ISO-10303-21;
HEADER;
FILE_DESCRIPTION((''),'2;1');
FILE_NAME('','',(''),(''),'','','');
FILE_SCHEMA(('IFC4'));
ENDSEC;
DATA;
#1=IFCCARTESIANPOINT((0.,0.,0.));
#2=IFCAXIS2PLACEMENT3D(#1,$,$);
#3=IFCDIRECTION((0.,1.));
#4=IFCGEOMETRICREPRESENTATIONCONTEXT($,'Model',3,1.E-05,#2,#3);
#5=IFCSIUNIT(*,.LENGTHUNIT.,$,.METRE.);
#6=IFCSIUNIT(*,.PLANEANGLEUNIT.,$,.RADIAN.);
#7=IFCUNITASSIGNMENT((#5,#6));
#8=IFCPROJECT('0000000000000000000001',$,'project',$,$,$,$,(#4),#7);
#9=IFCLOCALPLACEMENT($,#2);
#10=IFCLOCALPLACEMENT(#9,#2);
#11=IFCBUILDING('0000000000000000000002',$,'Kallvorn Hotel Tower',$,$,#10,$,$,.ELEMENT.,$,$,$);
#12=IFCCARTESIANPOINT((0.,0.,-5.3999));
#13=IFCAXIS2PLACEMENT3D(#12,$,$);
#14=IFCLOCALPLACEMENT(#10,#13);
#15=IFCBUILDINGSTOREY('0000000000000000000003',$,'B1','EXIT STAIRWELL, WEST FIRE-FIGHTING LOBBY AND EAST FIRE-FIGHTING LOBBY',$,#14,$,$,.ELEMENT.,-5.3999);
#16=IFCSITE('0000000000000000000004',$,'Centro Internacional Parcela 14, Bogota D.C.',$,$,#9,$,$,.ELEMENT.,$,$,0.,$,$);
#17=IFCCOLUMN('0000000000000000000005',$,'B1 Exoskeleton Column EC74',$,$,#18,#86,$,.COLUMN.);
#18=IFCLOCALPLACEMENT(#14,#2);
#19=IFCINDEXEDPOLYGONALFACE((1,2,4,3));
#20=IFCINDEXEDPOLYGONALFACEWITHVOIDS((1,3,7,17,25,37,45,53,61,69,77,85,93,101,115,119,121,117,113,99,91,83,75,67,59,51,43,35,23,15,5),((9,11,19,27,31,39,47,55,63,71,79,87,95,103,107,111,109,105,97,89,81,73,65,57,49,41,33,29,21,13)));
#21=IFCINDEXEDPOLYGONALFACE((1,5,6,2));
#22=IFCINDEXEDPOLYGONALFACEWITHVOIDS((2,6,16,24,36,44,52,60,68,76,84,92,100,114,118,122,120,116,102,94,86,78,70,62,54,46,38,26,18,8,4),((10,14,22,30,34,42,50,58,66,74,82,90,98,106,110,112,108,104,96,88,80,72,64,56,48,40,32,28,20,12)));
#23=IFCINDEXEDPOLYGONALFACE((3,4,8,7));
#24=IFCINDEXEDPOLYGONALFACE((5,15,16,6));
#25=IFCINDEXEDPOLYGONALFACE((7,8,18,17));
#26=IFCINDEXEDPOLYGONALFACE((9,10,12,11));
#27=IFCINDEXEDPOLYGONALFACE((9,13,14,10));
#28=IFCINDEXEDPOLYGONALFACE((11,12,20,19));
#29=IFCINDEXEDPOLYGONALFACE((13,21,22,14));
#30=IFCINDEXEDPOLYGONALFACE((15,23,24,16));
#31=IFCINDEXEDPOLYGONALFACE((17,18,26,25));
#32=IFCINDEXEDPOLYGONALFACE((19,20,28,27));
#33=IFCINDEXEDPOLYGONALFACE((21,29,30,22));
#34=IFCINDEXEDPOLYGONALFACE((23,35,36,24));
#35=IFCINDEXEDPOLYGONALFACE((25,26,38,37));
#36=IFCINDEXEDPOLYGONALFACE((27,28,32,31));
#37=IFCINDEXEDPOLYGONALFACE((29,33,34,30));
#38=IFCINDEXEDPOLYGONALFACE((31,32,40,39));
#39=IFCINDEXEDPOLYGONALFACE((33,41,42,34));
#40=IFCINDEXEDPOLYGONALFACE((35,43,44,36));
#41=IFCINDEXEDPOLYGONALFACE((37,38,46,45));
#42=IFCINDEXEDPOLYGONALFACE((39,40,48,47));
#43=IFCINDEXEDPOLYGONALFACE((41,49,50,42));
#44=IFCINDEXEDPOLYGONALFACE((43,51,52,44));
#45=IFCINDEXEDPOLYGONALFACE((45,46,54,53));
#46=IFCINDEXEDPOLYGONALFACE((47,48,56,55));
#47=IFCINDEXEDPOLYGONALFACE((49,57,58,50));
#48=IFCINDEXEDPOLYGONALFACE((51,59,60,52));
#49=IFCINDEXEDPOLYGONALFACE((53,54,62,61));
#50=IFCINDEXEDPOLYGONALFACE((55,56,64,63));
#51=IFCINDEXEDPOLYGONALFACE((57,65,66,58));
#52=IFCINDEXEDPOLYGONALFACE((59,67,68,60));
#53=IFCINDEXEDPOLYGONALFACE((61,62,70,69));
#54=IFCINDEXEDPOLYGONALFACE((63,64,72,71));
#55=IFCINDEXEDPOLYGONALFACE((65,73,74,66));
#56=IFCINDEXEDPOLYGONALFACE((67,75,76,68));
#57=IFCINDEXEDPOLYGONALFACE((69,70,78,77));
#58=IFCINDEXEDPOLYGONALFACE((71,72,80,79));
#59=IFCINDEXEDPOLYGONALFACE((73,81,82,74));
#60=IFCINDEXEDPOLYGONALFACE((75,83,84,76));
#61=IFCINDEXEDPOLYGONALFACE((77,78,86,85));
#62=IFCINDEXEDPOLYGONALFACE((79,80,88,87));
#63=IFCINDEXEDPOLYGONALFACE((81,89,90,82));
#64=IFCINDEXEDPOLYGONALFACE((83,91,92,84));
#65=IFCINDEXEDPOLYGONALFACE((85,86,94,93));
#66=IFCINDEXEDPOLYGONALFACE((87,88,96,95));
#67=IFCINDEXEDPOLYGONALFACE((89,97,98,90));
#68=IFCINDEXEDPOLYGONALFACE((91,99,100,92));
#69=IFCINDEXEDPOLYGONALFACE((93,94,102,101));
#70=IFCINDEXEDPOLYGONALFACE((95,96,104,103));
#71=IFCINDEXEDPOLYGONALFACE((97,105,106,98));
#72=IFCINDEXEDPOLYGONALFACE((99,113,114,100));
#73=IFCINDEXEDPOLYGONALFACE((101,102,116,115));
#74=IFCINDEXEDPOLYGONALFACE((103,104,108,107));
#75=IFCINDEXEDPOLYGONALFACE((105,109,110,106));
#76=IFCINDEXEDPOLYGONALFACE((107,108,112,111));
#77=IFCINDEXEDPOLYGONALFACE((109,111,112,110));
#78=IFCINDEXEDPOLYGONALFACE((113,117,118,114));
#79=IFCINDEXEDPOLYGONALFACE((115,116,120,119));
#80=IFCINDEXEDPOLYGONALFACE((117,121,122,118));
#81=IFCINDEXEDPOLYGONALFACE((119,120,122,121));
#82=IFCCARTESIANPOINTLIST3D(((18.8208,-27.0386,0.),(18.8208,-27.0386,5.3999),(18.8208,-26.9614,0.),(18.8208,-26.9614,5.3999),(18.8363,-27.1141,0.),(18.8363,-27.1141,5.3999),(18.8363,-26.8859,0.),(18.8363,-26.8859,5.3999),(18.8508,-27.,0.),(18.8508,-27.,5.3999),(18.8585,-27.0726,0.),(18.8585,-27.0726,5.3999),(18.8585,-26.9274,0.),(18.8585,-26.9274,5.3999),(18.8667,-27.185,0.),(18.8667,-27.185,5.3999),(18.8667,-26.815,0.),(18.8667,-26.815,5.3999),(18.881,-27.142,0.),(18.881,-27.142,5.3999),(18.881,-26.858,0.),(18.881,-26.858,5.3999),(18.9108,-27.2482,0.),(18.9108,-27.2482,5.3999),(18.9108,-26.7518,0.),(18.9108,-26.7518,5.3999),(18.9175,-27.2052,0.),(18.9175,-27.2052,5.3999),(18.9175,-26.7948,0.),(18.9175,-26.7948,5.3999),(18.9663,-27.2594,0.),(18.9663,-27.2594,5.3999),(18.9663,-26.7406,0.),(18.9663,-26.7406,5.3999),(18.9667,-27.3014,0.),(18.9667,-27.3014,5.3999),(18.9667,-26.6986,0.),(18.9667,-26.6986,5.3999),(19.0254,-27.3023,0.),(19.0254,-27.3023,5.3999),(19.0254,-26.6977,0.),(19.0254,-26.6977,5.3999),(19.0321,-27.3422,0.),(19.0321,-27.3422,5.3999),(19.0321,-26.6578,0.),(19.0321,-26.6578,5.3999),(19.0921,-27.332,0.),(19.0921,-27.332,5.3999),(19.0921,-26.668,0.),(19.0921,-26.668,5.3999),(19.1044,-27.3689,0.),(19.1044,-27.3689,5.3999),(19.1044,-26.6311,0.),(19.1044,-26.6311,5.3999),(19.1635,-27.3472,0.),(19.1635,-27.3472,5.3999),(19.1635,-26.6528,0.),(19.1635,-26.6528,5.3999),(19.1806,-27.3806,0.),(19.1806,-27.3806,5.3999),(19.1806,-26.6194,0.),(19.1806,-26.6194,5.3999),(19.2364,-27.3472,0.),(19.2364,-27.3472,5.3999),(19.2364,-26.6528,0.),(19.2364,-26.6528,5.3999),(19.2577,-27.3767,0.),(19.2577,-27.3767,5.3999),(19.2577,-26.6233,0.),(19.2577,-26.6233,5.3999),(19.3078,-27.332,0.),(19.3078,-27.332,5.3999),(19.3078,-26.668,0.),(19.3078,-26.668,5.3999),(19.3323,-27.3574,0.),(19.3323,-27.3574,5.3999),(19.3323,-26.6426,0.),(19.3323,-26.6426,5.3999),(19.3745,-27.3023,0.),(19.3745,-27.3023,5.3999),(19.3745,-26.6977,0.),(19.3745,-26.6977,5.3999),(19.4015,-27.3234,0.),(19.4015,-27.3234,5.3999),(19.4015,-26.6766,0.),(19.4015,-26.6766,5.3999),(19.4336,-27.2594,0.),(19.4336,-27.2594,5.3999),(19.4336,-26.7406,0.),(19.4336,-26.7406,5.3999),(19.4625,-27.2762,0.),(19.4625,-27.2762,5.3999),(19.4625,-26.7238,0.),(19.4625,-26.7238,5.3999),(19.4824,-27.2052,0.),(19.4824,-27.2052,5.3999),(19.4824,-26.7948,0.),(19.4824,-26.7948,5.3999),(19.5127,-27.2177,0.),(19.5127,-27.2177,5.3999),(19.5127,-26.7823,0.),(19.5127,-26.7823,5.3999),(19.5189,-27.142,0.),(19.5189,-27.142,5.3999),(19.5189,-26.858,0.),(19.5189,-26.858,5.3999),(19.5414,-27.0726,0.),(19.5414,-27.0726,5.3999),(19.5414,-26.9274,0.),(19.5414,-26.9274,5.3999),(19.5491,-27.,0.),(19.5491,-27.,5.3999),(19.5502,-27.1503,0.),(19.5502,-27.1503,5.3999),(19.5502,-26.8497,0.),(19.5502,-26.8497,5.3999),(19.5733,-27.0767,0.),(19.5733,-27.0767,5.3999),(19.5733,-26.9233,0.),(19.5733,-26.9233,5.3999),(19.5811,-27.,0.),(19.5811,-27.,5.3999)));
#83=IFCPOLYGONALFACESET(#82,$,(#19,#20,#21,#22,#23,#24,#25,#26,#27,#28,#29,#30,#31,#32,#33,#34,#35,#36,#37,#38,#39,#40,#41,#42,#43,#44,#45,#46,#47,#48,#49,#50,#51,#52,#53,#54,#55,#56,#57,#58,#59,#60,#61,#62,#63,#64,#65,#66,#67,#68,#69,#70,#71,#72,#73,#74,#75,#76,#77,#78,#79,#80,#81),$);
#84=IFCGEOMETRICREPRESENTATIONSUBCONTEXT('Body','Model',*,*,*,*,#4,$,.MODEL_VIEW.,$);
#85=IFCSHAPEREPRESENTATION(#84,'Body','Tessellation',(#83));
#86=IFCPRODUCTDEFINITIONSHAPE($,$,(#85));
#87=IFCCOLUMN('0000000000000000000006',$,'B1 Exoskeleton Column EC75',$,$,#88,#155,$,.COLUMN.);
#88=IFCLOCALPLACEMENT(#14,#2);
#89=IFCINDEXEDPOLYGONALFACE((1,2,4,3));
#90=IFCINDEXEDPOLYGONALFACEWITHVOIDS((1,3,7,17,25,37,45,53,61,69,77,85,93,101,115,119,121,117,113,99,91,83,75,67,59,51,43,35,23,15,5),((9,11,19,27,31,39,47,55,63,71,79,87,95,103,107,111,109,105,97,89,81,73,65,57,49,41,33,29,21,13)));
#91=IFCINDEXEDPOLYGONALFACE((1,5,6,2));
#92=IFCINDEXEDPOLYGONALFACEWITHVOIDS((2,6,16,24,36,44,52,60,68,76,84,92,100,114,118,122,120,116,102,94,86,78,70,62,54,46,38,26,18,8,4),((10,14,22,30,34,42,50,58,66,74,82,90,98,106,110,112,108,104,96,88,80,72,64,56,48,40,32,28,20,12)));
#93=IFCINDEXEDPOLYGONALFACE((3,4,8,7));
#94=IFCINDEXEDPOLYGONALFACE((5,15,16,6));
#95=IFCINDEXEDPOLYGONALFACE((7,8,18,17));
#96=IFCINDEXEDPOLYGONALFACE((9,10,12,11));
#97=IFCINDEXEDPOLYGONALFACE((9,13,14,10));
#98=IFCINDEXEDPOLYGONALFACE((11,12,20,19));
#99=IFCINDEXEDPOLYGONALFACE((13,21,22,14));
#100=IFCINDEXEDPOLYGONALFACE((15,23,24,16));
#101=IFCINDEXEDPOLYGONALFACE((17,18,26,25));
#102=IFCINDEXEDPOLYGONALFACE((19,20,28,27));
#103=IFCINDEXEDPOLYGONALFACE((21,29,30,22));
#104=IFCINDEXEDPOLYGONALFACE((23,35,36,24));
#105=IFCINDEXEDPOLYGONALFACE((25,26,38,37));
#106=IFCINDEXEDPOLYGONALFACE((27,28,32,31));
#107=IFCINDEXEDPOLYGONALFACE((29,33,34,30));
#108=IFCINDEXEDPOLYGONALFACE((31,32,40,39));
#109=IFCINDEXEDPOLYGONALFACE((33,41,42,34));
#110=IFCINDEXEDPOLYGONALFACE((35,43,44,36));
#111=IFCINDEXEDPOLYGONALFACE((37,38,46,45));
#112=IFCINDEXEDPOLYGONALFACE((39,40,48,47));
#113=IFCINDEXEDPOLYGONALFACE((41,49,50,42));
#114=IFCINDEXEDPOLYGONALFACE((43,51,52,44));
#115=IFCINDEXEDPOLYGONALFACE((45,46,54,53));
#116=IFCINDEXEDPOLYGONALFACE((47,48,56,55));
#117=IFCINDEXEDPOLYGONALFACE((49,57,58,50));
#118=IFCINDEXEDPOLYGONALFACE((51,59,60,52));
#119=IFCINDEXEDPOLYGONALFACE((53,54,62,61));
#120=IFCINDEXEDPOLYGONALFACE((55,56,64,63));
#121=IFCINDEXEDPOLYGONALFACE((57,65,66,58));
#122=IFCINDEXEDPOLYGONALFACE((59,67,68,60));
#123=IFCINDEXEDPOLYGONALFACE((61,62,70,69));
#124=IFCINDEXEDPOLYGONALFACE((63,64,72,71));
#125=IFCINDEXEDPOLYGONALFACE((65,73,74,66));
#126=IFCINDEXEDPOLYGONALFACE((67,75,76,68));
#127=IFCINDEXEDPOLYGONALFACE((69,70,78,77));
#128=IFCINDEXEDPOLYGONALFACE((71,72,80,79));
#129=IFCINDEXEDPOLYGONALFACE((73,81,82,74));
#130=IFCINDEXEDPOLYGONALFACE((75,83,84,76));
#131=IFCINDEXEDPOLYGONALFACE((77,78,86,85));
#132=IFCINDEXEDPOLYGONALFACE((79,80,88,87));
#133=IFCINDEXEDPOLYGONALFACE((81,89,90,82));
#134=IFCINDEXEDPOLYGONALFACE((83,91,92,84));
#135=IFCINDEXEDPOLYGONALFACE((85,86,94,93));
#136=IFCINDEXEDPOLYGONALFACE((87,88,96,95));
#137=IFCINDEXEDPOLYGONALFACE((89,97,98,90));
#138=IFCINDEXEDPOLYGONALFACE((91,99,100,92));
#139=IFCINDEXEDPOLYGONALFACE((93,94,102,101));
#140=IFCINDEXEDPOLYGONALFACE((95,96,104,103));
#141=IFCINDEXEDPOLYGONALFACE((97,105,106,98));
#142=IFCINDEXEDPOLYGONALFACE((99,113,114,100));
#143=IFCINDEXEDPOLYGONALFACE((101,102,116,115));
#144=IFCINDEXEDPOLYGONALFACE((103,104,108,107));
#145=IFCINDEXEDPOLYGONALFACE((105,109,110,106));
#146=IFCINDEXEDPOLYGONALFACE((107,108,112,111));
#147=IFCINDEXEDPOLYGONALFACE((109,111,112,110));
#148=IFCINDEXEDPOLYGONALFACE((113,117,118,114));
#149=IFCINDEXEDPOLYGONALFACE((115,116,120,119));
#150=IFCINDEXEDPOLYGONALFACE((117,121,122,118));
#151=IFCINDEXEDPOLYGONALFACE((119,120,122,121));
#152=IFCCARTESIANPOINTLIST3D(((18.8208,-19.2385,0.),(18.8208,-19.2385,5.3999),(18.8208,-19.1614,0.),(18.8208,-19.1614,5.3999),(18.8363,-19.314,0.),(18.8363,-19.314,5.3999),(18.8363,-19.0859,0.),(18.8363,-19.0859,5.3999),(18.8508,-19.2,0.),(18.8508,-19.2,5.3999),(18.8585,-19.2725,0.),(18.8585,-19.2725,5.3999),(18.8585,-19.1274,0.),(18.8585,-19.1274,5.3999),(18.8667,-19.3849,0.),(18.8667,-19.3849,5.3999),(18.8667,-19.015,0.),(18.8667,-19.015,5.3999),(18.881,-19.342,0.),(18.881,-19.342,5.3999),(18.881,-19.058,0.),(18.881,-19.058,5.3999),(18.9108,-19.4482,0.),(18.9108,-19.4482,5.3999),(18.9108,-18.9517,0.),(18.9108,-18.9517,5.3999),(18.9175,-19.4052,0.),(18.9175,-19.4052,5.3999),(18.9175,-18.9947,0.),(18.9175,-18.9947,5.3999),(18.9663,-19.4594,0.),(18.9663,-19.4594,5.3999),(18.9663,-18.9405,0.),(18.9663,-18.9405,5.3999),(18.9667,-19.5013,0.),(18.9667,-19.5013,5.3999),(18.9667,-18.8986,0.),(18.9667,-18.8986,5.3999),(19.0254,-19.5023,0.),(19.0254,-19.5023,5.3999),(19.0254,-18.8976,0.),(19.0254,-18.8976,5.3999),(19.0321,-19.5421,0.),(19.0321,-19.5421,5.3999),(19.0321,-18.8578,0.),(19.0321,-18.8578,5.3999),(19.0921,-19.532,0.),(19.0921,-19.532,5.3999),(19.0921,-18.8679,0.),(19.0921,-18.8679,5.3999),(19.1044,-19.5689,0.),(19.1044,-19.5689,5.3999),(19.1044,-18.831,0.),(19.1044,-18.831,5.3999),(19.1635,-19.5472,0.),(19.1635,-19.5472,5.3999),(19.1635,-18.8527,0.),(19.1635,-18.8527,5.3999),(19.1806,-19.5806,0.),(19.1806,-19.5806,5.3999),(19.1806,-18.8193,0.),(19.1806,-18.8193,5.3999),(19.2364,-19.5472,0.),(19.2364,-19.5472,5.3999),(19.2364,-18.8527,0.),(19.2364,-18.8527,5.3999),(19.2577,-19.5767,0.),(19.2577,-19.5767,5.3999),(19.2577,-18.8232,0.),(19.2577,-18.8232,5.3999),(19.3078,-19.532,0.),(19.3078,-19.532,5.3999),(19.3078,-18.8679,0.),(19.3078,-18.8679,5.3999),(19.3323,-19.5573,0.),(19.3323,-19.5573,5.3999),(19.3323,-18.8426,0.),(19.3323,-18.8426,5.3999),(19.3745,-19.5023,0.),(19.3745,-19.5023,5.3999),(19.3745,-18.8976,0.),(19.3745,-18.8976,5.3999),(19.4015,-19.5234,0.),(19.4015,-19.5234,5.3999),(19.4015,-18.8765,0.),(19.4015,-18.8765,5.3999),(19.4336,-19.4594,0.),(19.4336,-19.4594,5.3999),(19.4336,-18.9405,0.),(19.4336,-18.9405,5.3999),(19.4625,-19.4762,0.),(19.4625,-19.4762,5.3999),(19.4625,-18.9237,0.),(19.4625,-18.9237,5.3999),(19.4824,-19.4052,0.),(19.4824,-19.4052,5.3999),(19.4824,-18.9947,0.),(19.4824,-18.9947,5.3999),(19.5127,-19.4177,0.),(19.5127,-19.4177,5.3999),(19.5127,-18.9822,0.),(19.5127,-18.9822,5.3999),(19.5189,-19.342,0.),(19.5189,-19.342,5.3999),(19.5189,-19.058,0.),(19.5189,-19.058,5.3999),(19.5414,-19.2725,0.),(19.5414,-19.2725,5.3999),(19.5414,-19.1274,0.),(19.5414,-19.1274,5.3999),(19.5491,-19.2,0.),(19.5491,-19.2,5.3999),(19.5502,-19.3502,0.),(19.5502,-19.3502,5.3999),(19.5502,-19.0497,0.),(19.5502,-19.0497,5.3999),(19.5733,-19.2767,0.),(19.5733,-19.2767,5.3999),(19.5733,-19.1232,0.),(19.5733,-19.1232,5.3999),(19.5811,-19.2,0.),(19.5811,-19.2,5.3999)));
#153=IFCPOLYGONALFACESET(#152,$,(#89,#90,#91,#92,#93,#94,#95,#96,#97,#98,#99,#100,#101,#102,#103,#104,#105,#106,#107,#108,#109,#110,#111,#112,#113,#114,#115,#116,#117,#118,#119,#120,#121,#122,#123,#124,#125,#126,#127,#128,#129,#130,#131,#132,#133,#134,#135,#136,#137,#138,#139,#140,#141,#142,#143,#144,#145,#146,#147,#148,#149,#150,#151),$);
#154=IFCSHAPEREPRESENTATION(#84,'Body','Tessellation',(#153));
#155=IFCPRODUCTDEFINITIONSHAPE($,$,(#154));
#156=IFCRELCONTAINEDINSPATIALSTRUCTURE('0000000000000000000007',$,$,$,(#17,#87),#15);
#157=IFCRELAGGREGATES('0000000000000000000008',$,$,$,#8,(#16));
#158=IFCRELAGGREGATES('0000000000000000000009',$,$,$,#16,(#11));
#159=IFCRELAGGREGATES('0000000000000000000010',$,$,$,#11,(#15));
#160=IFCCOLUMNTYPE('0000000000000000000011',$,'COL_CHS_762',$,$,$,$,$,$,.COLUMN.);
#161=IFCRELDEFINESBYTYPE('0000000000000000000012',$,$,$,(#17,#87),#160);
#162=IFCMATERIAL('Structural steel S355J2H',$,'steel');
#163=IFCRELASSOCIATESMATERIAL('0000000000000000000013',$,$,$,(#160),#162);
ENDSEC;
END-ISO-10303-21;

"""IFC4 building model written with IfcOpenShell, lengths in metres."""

from ifc_helpers import new_model, si_unit, direction, frame, origin, origin_2d, place, context, subcontext, project, spatial, hollow_circle, extrude, material, material_profile, profile_set, type_object, element, save


model = new_model("IFC4")

# Units and contexts
model_context = context("Model", 3, precision=1e-05, world=origin(), true_north=direction((0.0, 1.0)))
body_context = subcontext(model_context, "Body", "Model", "MODEL_VIEW")
ifc_project = project(units=[si_unit("LENGTHUNIT", "METRE"), si_unit("PLANEANGLEUNIT", "RADIAN")], contexts=[model_context])

# Site, building, storey
site_placement = place(None, origin())
site = spatial("IfcSite", under=ifc_project, at=site_placement, Name="Centro Internacional Parcela 14, Bogota D.C.", CompositionType="ELEMENT", RefElevation=0.0)
building_placement = place(site_placement, origin())
building = spatial("IfcBuilding", under=site, at=building_placement, Name="Kallvorn Hotel Tower", CompositionType="ELEMENT")
storey_placement = place(building_placement, frame((0.0, 0.0, -5.3999)))
storey = spatial("IfcBuildingStorey", under=building, at=storey_placement, Name="B1", Description="EXIT STAIRWELL, WEST FIRE-FIGHTING LOBBY AND EAST FIRE-FIGHTING LOBBY", CompositionType="ELEMENT", Elevation=-5.3999)

# Columns
ifc_material_1 = material(Name="Structural steel S355J2H", Category="steel")
ifc_material_profile_1 = material_profile(ifc_material_1, hollow_circle(Radius=0.3811, WallThickness=0.032, at=origin_2d()), Name="CHS 762x32")
ifc_profile_set_1 = profile_set([ifc_material_profile_1], Name="Structural steel S355J2H")
column_type_1 = type_object("IfcColumnType", Name="COL_CHS_762", PredefinedType="COLUMN", material=ifc_profile_set_1)
for number, where, z_axis, x_axis, name in (
    (1, (19.2, -27.0, 0.0), (0.0, 0.0, 1.0), (1.0, 0.0, 0.0), "B1 Exoskeleton Column EC74"),
    (2, (19.2, -19.2, 0.0), (0.0, 0.0, 1.0), (1.0, 0.0, 0.0), "B1 Exoskeleton Column EC75"),
):
    element("IfcColumn", number, at=place(storey_placement, frame(where, z_axis=z_axis, x_axis=x_axis)), inside=storey, type_object=column_type_1, Name=name, PredefinedType="COLUMN", context=body_context, shape_type="SweptSolid", body=[
        extrude(hollow_circle(Radius=0.3811, WallThickness=0.032, at=origin_2d()), origin(), (0.0, 0.0, 1.0), 5.3999),
    ])

save(model, "model.ifc")
